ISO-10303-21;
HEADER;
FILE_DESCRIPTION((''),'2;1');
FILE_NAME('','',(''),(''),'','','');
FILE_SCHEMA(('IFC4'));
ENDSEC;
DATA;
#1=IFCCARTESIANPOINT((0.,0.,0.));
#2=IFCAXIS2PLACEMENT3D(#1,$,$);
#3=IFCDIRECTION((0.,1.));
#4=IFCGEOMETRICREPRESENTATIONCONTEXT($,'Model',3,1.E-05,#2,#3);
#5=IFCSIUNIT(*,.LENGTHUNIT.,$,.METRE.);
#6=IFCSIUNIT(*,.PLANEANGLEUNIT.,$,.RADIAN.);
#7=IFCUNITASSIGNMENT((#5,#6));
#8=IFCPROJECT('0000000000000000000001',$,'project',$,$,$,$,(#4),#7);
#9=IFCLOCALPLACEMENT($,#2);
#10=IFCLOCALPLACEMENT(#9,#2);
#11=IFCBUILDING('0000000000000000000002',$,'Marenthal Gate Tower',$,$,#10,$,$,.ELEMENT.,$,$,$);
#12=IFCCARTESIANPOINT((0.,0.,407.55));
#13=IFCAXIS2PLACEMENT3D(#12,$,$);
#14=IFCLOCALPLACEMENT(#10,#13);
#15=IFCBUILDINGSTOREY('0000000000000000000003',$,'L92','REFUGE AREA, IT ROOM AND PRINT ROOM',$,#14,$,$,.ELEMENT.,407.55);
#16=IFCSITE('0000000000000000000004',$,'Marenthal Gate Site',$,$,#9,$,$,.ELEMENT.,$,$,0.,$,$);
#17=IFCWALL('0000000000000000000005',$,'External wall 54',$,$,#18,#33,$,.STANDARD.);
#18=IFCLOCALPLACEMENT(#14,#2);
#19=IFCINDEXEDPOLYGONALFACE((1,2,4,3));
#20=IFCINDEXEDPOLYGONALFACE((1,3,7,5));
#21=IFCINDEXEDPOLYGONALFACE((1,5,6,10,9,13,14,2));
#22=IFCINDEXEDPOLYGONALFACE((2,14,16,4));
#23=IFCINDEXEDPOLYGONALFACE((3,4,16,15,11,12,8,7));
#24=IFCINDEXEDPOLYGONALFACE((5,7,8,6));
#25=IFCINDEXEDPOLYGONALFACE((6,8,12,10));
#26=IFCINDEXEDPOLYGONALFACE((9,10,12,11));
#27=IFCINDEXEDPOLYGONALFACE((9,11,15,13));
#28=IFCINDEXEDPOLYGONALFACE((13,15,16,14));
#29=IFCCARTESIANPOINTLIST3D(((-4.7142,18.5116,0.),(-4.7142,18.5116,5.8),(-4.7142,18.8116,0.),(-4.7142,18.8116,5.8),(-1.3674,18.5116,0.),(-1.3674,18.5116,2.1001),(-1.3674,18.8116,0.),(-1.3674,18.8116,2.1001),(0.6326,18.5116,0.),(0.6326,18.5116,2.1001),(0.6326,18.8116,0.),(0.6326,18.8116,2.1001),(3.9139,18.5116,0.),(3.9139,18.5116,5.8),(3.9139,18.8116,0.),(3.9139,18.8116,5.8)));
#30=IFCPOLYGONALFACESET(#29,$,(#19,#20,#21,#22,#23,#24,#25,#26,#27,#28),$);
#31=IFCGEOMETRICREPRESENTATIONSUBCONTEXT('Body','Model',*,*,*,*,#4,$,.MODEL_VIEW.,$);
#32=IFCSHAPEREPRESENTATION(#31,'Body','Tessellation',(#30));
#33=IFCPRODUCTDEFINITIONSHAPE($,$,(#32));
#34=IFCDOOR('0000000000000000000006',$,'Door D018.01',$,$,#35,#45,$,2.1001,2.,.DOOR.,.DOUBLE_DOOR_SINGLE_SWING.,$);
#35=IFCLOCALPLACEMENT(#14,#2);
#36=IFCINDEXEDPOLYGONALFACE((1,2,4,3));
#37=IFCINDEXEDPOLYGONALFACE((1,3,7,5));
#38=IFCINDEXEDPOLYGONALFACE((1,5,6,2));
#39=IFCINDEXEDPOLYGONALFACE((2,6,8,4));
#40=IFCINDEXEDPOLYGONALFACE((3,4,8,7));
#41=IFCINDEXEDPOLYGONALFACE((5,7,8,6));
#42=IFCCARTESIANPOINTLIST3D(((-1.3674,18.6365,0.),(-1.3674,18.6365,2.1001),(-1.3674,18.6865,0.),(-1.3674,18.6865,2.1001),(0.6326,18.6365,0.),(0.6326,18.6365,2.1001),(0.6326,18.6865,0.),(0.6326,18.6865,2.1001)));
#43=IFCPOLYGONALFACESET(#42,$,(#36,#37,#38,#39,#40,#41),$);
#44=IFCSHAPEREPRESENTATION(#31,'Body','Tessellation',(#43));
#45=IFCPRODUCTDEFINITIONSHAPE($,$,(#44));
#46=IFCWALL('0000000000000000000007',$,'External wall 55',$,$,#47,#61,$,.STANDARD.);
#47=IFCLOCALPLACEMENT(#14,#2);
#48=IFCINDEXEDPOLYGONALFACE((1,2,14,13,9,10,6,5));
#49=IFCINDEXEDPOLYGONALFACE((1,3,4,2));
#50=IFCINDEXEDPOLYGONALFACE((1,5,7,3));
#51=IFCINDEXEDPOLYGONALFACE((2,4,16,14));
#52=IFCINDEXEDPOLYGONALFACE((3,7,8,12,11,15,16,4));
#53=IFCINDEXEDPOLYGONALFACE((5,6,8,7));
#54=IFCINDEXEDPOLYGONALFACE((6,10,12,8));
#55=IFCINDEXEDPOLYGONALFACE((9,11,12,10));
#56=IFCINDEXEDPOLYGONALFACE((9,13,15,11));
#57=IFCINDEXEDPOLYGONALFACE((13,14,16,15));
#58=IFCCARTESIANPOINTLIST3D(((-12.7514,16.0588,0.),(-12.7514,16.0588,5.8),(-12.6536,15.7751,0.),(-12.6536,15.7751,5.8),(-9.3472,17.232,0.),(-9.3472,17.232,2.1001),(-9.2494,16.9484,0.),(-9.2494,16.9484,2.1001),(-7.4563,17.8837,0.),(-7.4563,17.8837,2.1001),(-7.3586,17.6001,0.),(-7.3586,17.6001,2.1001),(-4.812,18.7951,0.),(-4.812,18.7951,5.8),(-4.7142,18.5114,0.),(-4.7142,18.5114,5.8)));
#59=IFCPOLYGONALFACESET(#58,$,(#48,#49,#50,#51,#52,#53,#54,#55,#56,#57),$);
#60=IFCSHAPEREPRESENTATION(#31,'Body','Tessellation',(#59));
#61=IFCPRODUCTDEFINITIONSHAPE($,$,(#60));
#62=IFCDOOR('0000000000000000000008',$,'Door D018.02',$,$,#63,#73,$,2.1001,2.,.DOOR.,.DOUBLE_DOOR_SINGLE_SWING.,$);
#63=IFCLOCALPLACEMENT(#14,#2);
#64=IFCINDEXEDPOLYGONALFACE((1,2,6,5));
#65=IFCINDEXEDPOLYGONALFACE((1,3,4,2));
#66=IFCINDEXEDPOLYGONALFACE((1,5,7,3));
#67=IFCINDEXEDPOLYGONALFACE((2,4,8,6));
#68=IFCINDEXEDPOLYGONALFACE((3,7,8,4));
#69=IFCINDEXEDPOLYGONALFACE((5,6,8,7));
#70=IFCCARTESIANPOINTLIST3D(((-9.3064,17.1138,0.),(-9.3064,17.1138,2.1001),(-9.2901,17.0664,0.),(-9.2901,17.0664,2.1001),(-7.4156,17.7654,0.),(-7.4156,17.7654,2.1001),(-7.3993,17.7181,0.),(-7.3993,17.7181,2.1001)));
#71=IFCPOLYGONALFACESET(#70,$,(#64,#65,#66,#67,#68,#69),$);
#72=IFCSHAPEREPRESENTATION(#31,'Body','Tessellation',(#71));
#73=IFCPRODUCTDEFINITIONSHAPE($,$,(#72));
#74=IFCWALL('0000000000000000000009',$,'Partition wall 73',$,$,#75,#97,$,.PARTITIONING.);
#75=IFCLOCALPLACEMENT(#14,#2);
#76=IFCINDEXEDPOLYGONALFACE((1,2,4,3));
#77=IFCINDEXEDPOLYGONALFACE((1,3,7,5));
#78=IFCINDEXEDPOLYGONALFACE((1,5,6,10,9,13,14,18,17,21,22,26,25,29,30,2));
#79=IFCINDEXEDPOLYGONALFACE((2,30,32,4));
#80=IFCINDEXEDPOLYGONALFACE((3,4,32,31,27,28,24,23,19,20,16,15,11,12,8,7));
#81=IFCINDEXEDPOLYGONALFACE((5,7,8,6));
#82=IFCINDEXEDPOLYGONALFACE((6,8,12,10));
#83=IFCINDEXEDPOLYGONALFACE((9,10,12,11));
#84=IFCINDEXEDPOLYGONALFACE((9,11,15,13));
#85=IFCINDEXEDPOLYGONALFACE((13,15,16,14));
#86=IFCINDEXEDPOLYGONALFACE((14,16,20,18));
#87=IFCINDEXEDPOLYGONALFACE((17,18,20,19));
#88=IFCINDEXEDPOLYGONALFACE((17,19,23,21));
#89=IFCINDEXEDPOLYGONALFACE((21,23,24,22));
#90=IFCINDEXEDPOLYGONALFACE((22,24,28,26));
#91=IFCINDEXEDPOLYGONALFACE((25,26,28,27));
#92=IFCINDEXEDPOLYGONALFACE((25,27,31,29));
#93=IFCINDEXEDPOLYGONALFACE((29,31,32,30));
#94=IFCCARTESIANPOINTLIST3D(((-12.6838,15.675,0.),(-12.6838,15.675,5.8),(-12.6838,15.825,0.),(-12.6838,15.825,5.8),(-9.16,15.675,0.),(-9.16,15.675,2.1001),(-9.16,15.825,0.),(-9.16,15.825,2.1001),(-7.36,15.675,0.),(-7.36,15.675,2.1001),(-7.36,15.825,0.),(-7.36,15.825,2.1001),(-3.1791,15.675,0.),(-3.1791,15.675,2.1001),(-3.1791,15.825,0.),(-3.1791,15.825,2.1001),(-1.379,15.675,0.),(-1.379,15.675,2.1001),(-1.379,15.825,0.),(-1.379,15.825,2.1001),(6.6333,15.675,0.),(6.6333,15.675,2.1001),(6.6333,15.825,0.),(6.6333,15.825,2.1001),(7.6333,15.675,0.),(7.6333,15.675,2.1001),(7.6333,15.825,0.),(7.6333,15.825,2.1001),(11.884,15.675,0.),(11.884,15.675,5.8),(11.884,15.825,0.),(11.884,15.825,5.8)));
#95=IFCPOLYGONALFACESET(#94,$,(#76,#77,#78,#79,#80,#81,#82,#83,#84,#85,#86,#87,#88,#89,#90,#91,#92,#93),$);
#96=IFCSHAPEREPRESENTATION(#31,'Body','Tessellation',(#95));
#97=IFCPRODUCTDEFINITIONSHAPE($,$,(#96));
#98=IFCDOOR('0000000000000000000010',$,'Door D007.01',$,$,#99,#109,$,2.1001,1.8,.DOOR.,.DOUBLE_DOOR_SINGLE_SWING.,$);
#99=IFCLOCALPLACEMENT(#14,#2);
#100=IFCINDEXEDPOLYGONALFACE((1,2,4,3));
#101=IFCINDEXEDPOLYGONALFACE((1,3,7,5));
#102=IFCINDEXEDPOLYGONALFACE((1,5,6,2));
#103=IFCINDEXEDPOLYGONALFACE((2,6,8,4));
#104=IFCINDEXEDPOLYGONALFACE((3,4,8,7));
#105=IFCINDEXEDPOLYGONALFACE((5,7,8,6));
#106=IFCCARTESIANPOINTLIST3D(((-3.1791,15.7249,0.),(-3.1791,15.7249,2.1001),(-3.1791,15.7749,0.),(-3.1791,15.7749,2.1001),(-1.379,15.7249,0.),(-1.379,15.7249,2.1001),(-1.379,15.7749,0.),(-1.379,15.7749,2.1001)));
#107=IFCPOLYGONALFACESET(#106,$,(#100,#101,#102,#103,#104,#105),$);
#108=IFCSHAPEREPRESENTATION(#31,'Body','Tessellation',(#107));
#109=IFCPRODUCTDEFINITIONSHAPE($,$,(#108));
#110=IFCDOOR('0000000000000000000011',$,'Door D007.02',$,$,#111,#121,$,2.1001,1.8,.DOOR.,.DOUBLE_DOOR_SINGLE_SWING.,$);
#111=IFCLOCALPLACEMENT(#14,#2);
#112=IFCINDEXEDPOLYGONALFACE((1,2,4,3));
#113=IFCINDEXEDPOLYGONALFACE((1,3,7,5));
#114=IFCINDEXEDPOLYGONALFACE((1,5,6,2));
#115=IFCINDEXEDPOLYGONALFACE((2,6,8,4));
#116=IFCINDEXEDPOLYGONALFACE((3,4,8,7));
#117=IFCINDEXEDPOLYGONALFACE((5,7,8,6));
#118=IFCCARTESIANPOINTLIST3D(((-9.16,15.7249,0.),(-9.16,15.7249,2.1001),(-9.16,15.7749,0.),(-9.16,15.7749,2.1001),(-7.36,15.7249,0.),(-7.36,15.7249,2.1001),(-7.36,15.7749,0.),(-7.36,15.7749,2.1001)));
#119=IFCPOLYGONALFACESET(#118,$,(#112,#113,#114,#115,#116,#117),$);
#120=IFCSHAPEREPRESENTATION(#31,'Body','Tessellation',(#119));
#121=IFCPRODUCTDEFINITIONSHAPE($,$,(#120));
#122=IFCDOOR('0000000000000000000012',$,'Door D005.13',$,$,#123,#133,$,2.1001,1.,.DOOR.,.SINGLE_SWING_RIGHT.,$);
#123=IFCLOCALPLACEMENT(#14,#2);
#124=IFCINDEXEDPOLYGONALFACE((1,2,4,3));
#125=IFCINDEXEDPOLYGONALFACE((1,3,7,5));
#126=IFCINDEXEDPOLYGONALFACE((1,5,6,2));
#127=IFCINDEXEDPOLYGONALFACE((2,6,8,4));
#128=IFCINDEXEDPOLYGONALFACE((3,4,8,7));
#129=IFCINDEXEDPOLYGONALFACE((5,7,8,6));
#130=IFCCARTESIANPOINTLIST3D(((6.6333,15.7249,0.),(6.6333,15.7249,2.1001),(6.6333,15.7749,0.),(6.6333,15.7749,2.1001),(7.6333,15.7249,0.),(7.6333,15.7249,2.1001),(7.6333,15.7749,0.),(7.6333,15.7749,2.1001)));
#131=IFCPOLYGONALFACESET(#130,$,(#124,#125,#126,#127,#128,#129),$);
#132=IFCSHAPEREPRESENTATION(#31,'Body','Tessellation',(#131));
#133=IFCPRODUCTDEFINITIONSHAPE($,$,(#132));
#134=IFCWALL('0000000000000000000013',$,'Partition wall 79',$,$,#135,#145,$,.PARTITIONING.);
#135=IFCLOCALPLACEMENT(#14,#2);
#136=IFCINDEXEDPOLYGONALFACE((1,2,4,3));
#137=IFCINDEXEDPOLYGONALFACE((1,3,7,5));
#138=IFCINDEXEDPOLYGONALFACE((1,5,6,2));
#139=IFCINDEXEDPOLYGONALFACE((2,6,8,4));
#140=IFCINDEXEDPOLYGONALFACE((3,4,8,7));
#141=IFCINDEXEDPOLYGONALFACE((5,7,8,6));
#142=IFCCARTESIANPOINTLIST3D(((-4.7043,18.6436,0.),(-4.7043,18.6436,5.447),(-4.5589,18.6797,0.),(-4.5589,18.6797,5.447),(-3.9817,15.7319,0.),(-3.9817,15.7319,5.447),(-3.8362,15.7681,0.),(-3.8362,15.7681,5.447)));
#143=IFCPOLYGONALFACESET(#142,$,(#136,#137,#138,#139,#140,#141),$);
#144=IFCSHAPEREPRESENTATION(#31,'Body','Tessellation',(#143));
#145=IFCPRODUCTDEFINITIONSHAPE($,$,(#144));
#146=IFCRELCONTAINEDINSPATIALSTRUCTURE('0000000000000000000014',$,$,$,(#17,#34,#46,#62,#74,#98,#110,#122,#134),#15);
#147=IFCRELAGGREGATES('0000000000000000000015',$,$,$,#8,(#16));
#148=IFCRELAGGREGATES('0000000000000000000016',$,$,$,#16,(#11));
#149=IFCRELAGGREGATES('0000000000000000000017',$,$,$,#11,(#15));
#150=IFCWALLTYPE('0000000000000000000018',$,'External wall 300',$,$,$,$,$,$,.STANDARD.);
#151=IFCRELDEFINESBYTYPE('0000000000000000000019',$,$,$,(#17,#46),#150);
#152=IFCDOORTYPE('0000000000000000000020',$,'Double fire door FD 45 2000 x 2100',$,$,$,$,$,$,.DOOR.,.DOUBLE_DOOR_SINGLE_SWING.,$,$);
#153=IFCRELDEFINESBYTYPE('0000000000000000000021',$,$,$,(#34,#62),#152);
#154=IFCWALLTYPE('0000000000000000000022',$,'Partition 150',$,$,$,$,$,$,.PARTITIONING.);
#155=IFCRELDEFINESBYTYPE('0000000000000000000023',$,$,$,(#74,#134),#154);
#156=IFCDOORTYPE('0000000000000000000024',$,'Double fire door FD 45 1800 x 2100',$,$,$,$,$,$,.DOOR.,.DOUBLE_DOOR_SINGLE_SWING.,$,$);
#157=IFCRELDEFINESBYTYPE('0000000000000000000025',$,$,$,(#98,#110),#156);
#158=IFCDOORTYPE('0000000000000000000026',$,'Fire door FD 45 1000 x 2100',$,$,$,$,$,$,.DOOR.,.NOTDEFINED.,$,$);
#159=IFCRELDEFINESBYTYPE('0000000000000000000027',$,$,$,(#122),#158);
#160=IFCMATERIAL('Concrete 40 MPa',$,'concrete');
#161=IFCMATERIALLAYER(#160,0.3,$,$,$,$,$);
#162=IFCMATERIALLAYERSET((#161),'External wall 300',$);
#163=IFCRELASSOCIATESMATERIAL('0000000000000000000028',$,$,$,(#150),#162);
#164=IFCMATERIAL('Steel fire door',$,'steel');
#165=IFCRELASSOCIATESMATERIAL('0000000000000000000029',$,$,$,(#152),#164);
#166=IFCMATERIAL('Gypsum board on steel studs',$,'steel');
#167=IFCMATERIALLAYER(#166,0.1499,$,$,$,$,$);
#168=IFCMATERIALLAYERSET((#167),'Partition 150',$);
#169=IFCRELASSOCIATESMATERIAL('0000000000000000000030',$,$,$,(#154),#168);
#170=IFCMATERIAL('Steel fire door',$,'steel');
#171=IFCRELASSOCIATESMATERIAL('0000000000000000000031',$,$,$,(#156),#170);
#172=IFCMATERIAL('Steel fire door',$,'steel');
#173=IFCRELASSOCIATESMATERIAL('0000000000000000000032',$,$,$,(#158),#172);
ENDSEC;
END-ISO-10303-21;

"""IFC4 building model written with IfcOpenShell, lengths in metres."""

from ifc_helpers import new_model, si_unit, direction, frame, frame_2d, origin, place, context, subcontext, project, spatial, rectangle, extrude, material, layer, layer_set, type_object, element, fill, save


model = new_model("IFC4")

# Units and contexts
model_context = context("Model", 3, precision=1e-05, world=origin(), true_north=direction((0.0, 1.0)))
body_context = subcontext(model_context, "Body", "Model", "MODEL_VIEW")
ifc_project = project(units=[si_unit("LENGTHUNIT", "METRE"), si_unit("PLANEANGLEUNIT", "RADIAN")], contexts=[model_context])

# Site, building, storey
site_placement = place(None, origin())
site = spatial("IfcSite", under=ifc_project, at=site_placement, Name="Marenthal Gate Site", CompositionType="ELEMENT", RefElevation=0.0)
building_placement = place(site_placement, origin())
building = spatial("IfcBuilding", under=site, at=building_placement, Name="Marenthal Gate Tower", CompositionType="ELEMENT")
storey_placement = place(building_placement, frame((0.0, 0.0, 407.55)))
storey = spatial("IfcBuildingStorey", under=building, at=storey_placement, Name="L92", Description="REFUGE AREA, IT ROOM AND PRINT ROOM", CompositionType="ELEMENT", Elevation=407.55)

# Walls, openings, doors
ifc_material_1 = material(Name="Concrete 40 MPa", Category="concrete")
ifc_layer_1 = layer(ifc_material_1, 0.3)
ifc_layer_set_1 = layer_set([ifc_layer_1], Name="External wall 300")
wall_type_1 = type_object("IfcWallType", Name="External wall 300", PredefinedType="STANDARD", material=ifc_layer_set_1)
wall_1_placement = place(storey_placement, frame((-4.7141, 18.6616, 0.0), z_axis=(0.0, 0.0, 1.0), x_axis=(1.0, 0.0, 0.0)))
wall_1 = element("IfcWall", 1, at=wall_1_placement, inside=storey, type_object=wall_type_1, Name="External wall 54", PredefinedType="STANDARD", context=body_context, shape_type="SweptSolid", body=[
    extrude(rectangle(XDim=8.6282, YDim=0.3, at=frame_2d((4.314, 0.0))), origin(), (0.0, 0.0, 1.0), 5.8),
])
opening_1_placement = place(wall_1_placement, frame((3.3467, 0.0, 0.0)))
opening_1 = element("IfcOpeningElement", 2, at=opening_1_placement, cuts=wall_1, PredefinedType="OPENING", context=body_context, shape_type="SweptSolid", body=[
    extrude(rectangle(XDim=2.0, YDim=2.1001, at=frame_2d((1.0, 1.05))), frame((0.0, 0.1602, 0.0), z_axis=(0.0, -1.0, 0.0), x_axis=(1.0, 0.0, 0.0)), (0.0, 0.0, 1.0), 0.3201),
])
ifc_material_2 = material(Name="Steel fire door", Category="steel")
door_type_1 = type_object("IfcDoorType", Name="Double fire door FD 45 2000 x 2100", OperationType="DOUBLE_DOOR_SINGLE_SWING", PredefinedType="DOOR", material=ifc_material_2)
door_1_placement = place(opening_1_placement, origin())
door_1 = element("IfcDoor", 3, at=door_1_placement, inside=storey, type_object=door_type_1, Name="Door D018.01", OperationType="DOUBLE_DOOR_SINGLE_SWING", OverallHeight=2.1001, OverallWidth=2.0, PredefinedType="DOOR", context=body_context, shape_type="SweptSolid", body=[
    extrude(rectangle(XDim=2.0, YDim=2.1001, at=frame_2d((1.0, 1.05))), frame((0.0, 0.0249, 0.0), z_axis=(0.0, -1.0, 0.0), x_axis=(1.0, 0.0, 0.0)), (0.0, 0.0, 1.0), 0.05),
])
fill(opening_1, door_1)
wall_2_placement = place(storey_placement, frame((-12.7024, 15.917, 0.0), z_axis=(0.0, 0.0, 1.0), x_axis=(0.945425, 0.32584, 0.0)))
wall_2 = element("IfcWall", 4, at=wall_2_placement, inside=storey, type_object=wall_type_1, Name="External wall 55", PredefinedType="STANDARD", context=body_context, shape_type="SweptSolid", body=[
    extrude(rectangle(XDim=8.3977, YDim=0.3, at=frame_2d((4.1987, 0.0))), origin(), (0.0, 0.0, 1.0), 5.8),
])
opening_2_placement = place(wall_2_placement, frame((3.6006, 0.0, 0.0)))
opening_2 = element("IfcOpeningElement", 5, at=opening_2_placement, cuts=wall_2, PredefinedType="OPENING", context=body_context, shape_type="SweptSolid", body=[
    extrude(rectangle(XDim=2.0, YDim=2.1001, at=frame_2d((1.0, 1.05))), frame((0.0, 0.1602, 0.0), z_axis=(0.0, -1.0, 0.0), x_axis=(1.0, 0.0, 0.0)), (0.0, 0.0, 1.0), 0.3201),
])
door_2_placement = place(opening_2_placement, origin())
door_2 = element("IfcDoor", 6, at=door_2_placement, inside=storey, type_object=door_type_1, Name="Door D018.02", OperationType="DOUBLE_DOOR_SINGLE_SWING", OverallHeight=2.1001, OverallWidth=2.0, PredefinedType="DOOR", context=body_context, shape_type="SweptSolid", body=[
    extrude(rectangle(XDim=2.0, YDim=2.1001, at=frame_2d((1.0, 1.05))), frame((0.0, 0.0249, 0.0), z_axis=(0.0, -1.0, 0.0), x_axis=(1.0, 0.0, 0.0)), (0.0, 0.0, 1.0), 0.05),
])
fill(opening_2, door_2)

# Wall, openings, doors
ifc_material_3 = material(Name="Gypsum board on steel studs", Category="steel")
ifc_layer_2 = layer(ifc_material_3, 0.1499)
ifc_layer_set_2 = layer_set([ifc_layer_2], Name="Partition 150")
wall_type_2 = type_object("IfcWallType", Name="Partition 150", PredefinedType="PARTITIONING", material=ifc_layer_set_2)
wall_3_placement = place(storey_placement, frame((-12.6838, 15.75, 0.0), z_axis=(0.0, 0.0, 1.0), x_axis=(1.0, 0.0, 0.0)))
wall_3 = element("IfcWall", 7, at=wall_3_placement, inside=storey, type_object=wall_type_2, Name="Partition wall 73", PredefinedType="PARTITIONING", context=body_context, shape_type="SweptSolid", body=[
    extrude(rectangle(XDim=24.5679, YDim=0.1499, at=frame_2d((12.2839, 0.0))), origin(), (0.0, 0.0, 1.0), 5.8),
])
opening_3_placement = place(wall_3_placement, frame((19.3171, 0.0, 0.0)))
opening_3 = element("IfcOpeningElement", 8, at=opening_3_placement, cuts=wall_3, PredefinedType="OPENING", context=body_context, shape_type="SweptSolid", body=[
    extrude(rectangle(XDim=1.0, YDim=2.1001, at=frame_2d((0.5, 1.05))), frame((0.0, 0.085, 0.0), z_axis=(0.0, -1.0, 0.0), x_axis=(1.0, 0.0, 0.0)), (0.0, 0.0, 1.0), 0.1699),
])
opening_4_placement = place(wall_3_placement, frame((9.5049, 0.0, 0.0)))
opening_4 = element("IfcOpeningElement", 9, at=opening_4_placement, cuts=wall_3, PredefinedType="OPENING", context=body_context, shape_type="SweptSolid", body=[
    extrude(rectangle(XDim=1.8, YDim=2.1001, at=frame_2d((0.8999, 1.05))), frame((0.0, 0.085, 0.0), z_axis=(0.0, -1.0, 0.0), x_axis=(1.0, 0.0, 0.0)), (0.0, 0.0, 1.0), 0.1699),
])
opening_5_placement = place(wall_3_placement, frame((3.5239, 0.0, 0.0)))
opening_5 = element("IfcOpeningElement", 10, at=opening_5_placement, cuts=wall_3, PredefinedType="OPENING", context=body_context, shape_type="SweptSolid", body=[
    extrude(rectangle(XDim=1.8, YDim=2.1001, at=frame_2d((0.8999, 1.05))), frame((0.0, 0.085, 0.0), z_axis=(0.0, -1.0, 0.0), x_axis=(1.0, 0.0, 0.0)), (0.0, 0.0, 1.0), 0.1699),
])
ifc_material_4 = material(Name="Steel fire door", Category="steel")
door_type_2 = type_object("IfcDoorType", Name="Double fire door FD 45 1800 x 2100", OperationType="DOUBLE_DOOR_SINGLE_SWING", PredefinedType="DOOR", material=ifc_material_4)
door_3_placement = place(opening_4_placement, origin())
door_3 = element("IfcDoor", 11, at=door_3_placement, inside=storey, type_object=door_type_2, Name="Door D007.01", OperationType="DOUBLE_DOOR_SINGLE_SWING", OverallHeight=2.1001, OverallWidth=1.8, PredefinedType="DOOR", context=body_context, shape_type="SweptSolid", body=[
    extrude(rectangle(XDim=1.8, YDim=2.1001, at=frame_2d((0.8999, 1.05))), frame((0.0, 0.0249, 0.0), z_axis=(0.0, -1.0, 0.0), x_axis=(1.0, 0.0, 0.0)), (0.0, 0.0, 1.0), 0.05),
])
fill(opening_4, door_3)
door_4_placement = place(opening_5_placement, origin())
door_4 = element("IfcDoor", 12, at=door_4_placement, inside=storey, type_object=door_type_2, Name="Door D007.02", OperationType="DOUBLE_DOOR_SINGLE_SWING", OverallHeight=2.1001, OverallWidth=1.8, PredefinedType="DOOR", context=body_context, shape_type="SweptSolid", body=[
    extrude(rectangle(XDim=1.8, YDim=2.1001, at=frame_2d((0.8999, 1.05))), frame((0.0, 0.0249, 0.0), z_axis=(0.0, -1.0, 0.0), x_axis=(1.0, 0.0, 0.0)), (0.0, 0.0, 1.0), 0.05),
])
fill(opening_5, door_4)
ifc_material_5 = material(Name="Steel fire door", Category="steel")
door_type_3 = type_object("IfcDoorType", Name="Fire door FD 45 1000 x 2100", OperationType="NOTDEFINED", PredefinedType="DOOR", material=ifc_material_5)
door_5_placement = place(opening_3_placement, origin())
door_5 = element("IfcDoor", 13, at=door_5_placement, inside=storey, type_object=door_type_3, Name="Door D005.13", OperationType="SINGLE_SWING_RIGHT", OverallHeight=2.1001, OverallWidth=1.0, PredefinedType="DOOR", context=body_context, shape_type="SweptSolid", body=[
    extrude(rectangle(XDim=1.0, YDim=2.1001, at=frame_2d((0.5, 1.05))), frame((0.0, 0.0249, 0.0), z_axis=(0.0, -1.0, 0.0), x_axis=(1.0, 0.0, 0.0)), (0.0, 0.0, 1.0), 0.05),
])
fill(opening_3, door_5)

# Wall
wall_4_placement = place(storey_placement, frame((-3.9089, 15.75, 0.0), z_axis=(0.0, 0.0, 1.0), x_axis=(-0.240889, 0.970553, 0.0)))
element("IfcWall", 14, at=wall_4_placement, inside=storey, type_object=wall_type_2, Name="Partition wall 79", PredefinedType="PARTITIONING", context=body_context, shape_type="SweptSolid", body=[
    extrude(rectangle(XDim=3.0, YDim=0.1499, at=frame_2d((1.5, 0.0))), origin(), (0.0, 0.0, 1.0), 5.447),
])

save(model, "model.ifc")
